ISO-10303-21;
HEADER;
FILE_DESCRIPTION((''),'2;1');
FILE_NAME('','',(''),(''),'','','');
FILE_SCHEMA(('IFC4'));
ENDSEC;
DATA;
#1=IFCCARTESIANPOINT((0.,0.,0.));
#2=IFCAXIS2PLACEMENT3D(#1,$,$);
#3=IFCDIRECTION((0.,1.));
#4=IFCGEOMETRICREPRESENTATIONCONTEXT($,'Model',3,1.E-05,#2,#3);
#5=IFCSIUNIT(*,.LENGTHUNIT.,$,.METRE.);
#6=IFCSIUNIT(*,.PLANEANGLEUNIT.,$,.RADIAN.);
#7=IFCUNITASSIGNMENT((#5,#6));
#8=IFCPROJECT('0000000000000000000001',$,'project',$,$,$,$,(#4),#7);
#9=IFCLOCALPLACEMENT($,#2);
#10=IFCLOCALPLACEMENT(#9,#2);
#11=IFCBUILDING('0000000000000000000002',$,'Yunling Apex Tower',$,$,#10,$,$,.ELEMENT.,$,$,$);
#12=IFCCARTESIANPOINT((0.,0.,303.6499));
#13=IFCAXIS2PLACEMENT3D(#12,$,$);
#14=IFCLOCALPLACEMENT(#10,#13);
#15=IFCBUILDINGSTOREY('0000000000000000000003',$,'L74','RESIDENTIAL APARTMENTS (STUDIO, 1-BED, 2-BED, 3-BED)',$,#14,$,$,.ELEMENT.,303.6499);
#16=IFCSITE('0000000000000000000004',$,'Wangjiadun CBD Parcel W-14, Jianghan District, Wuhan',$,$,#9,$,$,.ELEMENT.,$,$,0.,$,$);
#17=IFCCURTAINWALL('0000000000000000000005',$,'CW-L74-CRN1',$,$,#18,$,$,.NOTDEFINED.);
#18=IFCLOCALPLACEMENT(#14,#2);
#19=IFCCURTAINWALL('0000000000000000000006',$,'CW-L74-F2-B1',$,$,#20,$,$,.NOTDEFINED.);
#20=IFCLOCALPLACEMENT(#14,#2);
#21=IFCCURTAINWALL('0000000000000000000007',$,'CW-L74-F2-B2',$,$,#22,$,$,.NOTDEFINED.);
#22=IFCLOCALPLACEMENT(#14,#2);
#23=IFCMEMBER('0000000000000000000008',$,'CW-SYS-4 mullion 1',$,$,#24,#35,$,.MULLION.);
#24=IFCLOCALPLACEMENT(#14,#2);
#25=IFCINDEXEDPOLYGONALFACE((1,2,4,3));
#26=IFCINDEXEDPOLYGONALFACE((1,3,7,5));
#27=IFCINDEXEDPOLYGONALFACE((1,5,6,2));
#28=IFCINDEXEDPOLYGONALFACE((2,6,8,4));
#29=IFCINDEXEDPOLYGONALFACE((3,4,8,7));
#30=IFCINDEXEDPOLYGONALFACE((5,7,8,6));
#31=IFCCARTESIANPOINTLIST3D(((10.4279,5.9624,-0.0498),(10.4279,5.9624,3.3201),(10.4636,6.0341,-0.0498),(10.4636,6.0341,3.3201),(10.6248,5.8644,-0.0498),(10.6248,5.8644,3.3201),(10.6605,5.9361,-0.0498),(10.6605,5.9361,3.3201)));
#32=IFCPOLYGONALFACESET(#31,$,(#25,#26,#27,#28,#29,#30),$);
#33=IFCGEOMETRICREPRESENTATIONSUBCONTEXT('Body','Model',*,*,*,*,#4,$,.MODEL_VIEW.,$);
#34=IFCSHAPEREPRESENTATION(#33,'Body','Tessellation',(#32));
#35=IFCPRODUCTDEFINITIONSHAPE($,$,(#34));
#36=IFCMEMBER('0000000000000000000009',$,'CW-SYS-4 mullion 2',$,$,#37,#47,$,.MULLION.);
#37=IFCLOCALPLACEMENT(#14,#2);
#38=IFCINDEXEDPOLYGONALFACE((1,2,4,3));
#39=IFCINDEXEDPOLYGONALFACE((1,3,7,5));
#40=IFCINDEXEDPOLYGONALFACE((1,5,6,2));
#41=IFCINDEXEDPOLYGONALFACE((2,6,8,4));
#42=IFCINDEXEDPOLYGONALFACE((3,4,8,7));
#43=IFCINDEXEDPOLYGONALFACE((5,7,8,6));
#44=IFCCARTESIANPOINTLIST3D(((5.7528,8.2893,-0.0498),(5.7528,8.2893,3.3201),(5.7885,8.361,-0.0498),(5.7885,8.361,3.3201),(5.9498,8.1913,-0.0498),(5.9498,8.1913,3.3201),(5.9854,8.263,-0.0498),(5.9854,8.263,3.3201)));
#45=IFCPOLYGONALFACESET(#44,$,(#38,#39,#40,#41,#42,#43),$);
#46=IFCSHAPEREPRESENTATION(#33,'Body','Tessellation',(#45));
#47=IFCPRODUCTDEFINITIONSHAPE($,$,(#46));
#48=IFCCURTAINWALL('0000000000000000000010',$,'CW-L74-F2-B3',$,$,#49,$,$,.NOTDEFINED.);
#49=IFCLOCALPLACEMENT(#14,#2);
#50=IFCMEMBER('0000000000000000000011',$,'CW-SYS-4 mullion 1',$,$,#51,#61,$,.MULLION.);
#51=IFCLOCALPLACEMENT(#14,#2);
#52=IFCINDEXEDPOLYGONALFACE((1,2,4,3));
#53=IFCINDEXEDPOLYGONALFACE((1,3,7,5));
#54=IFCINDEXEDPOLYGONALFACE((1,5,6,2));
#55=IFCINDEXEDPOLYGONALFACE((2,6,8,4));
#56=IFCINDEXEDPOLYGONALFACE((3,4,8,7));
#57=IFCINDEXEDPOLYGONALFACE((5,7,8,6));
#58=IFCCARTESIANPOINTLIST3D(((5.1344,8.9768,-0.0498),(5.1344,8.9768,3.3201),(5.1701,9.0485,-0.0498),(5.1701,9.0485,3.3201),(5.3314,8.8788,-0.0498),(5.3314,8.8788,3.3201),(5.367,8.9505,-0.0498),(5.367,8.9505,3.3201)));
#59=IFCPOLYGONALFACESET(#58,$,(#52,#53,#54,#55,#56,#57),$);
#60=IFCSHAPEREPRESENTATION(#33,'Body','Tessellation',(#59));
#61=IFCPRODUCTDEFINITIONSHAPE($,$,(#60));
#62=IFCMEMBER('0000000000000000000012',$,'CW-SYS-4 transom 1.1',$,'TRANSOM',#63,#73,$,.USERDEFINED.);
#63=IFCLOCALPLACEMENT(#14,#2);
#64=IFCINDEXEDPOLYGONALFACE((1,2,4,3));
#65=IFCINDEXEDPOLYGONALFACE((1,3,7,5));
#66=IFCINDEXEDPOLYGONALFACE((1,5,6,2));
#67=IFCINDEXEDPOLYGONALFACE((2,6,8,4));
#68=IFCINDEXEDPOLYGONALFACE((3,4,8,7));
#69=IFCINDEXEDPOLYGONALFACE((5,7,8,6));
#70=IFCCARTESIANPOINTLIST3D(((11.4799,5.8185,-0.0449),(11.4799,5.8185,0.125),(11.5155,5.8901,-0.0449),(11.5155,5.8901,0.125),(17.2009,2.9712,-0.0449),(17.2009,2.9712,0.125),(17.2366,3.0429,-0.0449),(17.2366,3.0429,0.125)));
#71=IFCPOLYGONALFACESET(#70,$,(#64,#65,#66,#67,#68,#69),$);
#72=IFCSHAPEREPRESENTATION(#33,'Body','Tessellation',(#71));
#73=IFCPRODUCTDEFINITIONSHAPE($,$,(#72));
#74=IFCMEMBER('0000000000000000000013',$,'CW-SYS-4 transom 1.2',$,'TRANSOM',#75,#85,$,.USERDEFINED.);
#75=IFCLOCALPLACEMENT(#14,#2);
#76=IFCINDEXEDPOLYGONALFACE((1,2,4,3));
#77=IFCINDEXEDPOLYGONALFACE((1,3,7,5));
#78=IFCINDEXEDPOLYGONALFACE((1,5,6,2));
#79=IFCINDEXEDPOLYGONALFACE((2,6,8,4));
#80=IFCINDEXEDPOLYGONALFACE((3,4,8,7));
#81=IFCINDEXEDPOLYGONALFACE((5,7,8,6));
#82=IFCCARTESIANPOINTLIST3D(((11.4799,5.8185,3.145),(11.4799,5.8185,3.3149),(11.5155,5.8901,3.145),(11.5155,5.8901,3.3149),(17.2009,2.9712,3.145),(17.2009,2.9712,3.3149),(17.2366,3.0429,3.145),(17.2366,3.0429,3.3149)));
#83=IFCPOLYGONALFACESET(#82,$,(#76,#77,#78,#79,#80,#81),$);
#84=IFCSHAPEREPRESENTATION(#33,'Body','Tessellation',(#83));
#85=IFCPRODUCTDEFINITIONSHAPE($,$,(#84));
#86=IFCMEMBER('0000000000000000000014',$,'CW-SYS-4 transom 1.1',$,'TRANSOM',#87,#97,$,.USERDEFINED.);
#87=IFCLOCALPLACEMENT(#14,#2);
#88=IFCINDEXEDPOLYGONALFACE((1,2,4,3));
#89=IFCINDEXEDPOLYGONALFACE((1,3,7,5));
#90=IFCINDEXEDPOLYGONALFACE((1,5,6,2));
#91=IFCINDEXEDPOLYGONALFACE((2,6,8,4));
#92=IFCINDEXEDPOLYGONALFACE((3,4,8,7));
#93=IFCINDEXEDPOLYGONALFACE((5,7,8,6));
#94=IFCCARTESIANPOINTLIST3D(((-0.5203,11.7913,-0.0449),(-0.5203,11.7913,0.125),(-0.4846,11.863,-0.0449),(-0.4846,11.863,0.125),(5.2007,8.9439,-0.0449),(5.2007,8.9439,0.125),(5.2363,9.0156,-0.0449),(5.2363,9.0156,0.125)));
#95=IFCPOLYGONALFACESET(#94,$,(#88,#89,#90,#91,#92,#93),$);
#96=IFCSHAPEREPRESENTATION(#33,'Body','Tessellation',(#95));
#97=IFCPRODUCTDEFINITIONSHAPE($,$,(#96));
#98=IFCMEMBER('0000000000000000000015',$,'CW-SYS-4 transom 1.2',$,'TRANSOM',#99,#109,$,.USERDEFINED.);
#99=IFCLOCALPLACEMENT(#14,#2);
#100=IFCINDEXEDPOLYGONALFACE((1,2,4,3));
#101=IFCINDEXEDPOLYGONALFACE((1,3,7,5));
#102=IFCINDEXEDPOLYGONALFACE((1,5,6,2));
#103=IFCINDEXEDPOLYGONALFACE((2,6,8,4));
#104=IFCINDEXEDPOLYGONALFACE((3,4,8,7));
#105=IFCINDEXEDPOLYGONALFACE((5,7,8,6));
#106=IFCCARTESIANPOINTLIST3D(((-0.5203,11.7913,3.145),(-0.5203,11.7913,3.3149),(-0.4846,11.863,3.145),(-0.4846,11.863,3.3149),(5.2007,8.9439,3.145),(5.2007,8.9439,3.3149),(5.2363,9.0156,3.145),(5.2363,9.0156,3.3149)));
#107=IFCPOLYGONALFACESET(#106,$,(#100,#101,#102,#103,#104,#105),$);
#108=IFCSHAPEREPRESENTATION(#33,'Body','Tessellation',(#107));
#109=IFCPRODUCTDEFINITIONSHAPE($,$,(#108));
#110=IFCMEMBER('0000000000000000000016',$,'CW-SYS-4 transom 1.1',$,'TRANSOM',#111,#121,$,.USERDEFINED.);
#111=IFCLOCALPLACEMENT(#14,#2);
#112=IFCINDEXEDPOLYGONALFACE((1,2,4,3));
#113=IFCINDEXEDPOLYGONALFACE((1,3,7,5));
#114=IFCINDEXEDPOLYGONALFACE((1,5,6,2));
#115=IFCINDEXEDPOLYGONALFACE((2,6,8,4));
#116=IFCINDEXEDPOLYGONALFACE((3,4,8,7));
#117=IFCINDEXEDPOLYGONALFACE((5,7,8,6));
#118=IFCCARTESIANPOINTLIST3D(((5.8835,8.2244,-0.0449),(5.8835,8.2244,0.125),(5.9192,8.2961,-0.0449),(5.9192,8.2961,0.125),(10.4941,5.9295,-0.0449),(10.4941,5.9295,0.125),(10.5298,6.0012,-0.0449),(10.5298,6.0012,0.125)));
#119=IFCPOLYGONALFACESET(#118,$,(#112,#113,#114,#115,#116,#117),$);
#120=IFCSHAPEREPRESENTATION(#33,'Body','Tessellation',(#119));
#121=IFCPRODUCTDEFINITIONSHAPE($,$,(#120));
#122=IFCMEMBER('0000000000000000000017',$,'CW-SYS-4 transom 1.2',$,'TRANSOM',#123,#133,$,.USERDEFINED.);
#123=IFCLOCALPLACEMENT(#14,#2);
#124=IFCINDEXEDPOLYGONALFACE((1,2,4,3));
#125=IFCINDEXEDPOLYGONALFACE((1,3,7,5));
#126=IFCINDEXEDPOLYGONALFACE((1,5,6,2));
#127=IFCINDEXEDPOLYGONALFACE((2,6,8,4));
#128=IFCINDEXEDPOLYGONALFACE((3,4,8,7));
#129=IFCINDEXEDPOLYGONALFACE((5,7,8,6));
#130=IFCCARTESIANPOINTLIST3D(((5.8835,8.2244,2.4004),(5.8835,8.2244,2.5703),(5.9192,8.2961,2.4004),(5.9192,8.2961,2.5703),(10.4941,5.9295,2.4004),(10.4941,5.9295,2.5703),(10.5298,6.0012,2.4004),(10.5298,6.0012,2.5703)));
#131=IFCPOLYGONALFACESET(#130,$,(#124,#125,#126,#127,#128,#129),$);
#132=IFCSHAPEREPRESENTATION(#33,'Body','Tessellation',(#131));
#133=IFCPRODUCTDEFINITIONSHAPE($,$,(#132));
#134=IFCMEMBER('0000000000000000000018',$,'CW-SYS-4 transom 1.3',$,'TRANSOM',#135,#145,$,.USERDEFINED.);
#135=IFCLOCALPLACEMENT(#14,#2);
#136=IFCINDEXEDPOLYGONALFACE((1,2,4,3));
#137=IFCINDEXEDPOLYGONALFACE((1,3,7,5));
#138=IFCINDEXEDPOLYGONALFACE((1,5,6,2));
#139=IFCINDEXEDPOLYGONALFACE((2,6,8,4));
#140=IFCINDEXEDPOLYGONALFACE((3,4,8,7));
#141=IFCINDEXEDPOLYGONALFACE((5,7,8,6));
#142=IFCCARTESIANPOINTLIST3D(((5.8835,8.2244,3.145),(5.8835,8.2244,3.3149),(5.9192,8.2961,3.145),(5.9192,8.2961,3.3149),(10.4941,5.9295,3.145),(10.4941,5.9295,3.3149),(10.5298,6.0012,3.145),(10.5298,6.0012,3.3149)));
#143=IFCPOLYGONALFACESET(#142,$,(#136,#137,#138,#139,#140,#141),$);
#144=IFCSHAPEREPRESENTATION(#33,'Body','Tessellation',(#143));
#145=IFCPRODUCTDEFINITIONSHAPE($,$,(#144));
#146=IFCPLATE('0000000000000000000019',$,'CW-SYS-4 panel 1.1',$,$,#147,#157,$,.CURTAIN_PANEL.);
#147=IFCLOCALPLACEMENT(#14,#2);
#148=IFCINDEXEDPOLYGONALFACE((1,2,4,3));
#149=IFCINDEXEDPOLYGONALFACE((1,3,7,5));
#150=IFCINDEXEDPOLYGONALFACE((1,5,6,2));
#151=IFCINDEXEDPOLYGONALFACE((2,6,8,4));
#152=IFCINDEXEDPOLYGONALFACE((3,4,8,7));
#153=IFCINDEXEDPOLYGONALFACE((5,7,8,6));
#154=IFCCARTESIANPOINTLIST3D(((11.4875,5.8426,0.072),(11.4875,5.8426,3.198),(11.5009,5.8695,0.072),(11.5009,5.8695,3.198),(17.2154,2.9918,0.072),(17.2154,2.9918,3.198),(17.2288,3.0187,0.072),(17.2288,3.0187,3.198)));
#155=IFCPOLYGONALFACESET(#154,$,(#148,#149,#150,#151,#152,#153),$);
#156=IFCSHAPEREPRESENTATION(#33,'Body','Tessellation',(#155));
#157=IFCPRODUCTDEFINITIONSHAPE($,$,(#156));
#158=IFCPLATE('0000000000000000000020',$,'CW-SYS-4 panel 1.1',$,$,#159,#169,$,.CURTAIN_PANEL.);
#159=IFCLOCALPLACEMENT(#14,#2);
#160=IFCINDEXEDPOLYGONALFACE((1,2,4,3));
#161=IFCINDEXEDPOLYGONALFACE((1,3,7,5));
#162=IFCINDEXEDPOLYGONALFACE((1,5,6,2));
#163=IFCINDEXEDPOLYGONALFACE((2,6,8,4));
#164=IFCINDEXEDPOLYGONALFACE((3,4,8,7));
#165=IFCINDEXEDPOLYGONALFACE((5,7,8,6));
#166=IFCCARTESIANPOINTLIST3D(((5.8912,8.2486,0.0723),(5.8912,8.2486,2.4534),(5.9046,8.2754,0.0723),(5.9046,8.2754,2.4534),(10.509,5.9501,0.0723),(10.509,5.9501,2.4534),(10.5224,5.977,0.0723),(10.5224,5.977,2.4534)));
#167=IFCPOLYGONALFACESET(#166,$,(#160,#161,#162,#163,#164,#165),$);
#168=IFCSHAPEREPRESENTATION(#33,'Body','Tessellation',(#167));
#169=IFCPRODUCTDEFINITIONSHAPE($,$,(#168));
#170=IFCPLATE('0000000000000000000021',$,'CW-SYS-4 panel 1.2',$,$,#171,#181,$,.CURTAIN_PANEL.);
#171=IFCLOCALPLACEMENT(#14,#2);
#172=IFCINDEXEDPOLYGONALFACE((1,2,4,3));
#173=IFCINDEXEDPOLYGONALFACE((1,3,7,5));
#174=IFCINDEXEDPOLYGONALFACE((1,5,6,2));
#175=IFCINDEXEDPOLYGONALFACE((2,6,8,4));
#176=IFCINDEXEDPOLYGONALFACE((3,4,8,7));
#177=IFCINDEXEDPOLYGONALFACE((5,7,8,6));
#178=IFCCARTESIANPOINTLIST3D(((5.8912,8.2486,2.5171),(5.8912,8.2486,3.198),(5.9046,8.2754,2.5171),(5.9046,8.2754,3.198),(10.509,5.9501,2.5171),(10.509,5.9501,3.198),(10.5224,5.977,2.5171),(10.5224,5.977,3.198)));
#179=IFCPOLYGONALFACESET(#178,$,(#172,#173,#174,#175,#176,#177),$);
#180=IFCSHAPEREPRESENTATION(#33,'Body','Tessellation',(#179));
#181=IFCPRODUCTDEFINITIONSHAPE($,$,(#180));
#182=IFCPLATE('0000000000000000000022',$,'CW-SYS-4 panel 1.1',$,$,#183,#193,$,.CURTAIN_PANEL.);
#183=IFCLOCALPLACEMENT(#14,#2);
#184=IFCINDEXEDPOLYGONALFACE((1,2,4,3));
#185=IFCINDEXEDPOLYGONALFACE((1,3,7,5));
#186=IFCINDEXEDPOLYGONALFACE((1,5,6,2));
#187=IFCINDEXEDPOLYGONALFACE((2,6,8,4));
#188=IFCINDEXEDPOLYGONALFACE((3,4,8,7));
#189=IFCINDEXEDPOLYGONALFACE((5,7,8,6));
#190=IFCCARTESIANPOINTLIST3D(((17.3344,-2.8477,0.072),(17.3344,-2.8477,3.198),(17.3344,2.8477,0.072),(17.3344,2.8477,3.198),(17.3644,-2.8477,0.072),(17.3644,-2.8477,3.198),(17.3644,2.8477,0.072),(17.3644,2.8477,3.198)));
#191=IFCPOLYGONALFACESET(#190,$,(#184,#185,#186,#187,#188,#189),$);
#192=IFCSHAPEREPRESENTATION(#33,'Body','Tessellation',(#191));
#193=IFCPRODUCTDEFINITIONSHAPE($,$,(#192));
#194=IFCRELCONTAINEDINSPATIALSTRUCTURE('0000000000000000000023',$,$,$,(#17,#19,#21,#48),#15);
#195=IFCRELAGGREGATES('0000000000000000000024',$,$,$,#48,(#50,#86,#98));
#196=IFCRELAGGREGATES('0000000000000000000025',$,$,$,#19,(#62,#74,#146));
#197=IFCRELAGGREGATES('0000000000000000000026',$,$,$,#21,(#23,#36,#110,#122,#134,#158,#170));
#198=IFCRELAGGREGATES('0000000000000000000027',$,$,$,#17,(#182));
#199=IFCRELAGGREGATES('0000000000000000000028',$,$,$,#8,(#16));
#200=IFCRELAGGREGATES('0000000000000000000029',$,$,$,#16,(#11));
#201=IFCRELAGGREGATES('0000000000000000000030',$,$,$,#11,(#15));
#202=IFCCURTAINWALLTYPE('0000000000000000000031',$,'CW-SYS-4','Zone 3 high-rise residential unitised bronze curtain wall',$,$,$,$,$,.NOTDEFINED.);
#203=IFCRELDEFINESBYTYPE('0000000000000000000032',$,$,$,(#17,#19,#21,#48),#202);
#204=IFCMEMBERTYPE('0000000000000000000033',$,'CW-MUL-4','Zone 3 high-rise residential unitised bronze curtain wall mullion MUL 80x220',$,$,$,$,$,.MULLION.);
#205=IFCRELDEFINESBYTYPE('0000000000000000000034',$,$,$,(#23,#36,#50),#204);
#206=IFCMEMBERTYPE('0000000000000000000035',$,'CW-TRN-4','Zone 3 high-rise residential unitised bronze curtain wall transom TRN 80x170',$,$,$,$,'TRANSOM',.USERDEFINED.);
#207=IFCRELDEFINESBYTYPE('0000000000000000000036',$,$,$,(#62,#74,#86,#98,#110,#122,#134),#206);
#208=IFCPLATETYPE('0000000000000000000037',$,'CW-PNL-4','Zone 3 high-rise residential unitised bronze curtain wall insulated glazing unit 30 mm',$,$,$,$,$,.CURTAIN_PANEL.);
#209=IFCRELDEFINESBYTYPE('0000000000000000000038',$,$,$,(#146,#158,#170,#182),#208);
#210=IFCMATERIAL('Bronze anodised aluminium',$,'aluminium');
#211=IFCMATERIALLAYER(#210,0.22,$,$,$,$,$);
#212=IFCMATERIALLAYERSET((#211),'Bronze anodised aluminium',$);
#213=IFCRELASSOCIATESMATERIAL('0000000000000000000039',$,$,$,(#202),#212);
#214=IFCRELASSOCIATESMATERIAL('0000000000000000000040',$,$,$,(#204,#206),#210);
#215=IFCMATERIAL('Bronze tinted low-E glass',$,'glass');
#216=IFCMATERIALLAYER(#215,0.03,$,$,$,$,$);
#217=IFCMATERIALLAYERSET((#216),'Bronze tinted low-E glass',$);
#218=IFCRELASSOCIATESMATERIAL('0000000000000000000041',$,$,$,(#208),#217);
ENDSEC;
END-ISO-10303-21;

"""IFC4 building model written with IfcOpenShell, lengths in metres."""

from ifc_helpers import new_model, si_unit, direction, frame, origin, origin_2d, place, context, subcontext, project, spatial, rectangle, extrude, source, transform, mapped, material, layer, layer_set, material_profile, profile_set, type_object, element, aggregate, save


model = new_model("IFC4")

# Units and contexts
model_context = context("Model", 3, precision=1e-05, world=origin(), true_north=direction((0.0, 1.0)))
body_context = subcontext(model_context, "Body", "Model", "MODEL_VIEW")
ifc_project = project(units=[si_unit("LENGTHUNIT", "METRE"), si_unit("PLANEANGLEUNIT", "RADIAN")], contexts=[model_context])

# Site, building, storey
site_placement = place(None, origin())
site = spatial("IfcSite", under=ifc_project, at=site_placement, Name="Wangjiadun CBD Parcel W-14, Jianghan District, Wuhan", CompositionType="ELEMENT", RefElevation=0.0)
building_placement = place(site_placement, origin())
building = spatial("IfcBuilding", under=site, at=building_placement, Name="Yunling Apex Tower", CompositionType="ELEMENT")
storey_placement = place(building_placement, frame((0.0, 0.0, 303.6499)))
storey = spatial("IfcBuildingStorey", under=building, at=storey_placement, Name="L74", Description="RESIDENTIAL APARTMENTS (STUDIO, 1-BED, 2-BED, 3-BED)", CompositionType="ELEMENT", Elevation=303.6499)

# Curtain wall
ifc_material_1 = material(Name="Bronze anodised aluminium", Category="aluminium")
ifc_layer_1 = layer(ifc_material_1, 0.22)
ifc_layer_set_1 = layer_set([ifc_layer_1], Name="Bronze anodised aluminium")
curtain_wall_type = type_object("IfcCurtainWallType", Name="CW-SYS-4", Description="Zone 3 high-rise residential unitised bronze curtain wall", PredefinedType="NOTDEFINED", material=ifc_layer_set_1)
curtain_wall_1_placement = place(storey_placement, origin())
curtain_wall_1 = element("IfcCurtainWall", 1, at=curtain_wall_1_placement, inside=storey, type_object=curtain_wall_type, Name="CW-L74-CRN1", PredefinedType="NOTDEFINED")
ifc_material_profile_1 = material_profile(ifc_material_1, rectangle(XDim=0.0801, YDim=0.22, at=origin_2d()))
ifc_profile_set_1 = profile_set([ifc_material_profile_1], Name="Bronze anodised aluminium")
member_type_1 = type_object("IfcMemberType", Name="CW-MUL-4", Description="Zone 3 high-rise residential unitised bronze curtain wall mullion MUL 80x220", PredefinedType="MULLION", material=ifc_profile_set_1)
shared_shape_1 = source(origin(), body_context, "Body", "SweptSolid", [
    extrude(rectangle(XDim=0.0801, YDim=0.22, at=origin_2d()), origin(), (0.0, 0.0, 1.0), 3.3699),
])

# Curtain walls, members
curtain_wall_2_placement = place(storey_placement, origin())
curtain_wall_2 = element("IfcCurtainWall", 2, at=curtain_wall_2_placement, inside=storey, type_object=curtain_wall_type, Name="CW-L74-F2-B1", PredefinedType="NOTDEFINED")
curtain_wall_3_placement = place(storey_placement, origin())
curtain_wall_3 = element("IfcCurtainWall", 3, at=curtain_wall_3_placement, inside=storey, type_object=curtain_wall_type, Name="CW-L74-F2-B2", PredefinedType="NOTDEFINED")
member_1_placement = place(storey_placement, frame((10.5442, 5.9492, -0.0498), z_axis=(0.0, 0.0, 1.0), x_axis=(-0.445583, -0.89524, 0.0)))
member_1 = element("IfcMember", 4, at=member_1_placement, type_object=member_type_1, Name="CW-SYS-4 mullion 1", PredefinedType="MULLION", context=body_context, shape_type="MappedRepresentation", body=[
    mapped(shared_shape_1, transform((0.0, 0.0, 0.0), scale=1.0)),
])
member_2_placement = place(storey_placement, frame((5.8691, 8.2761, -0.0498), z_axis=(0.0, 0.0, 1.0), x_axis=(-0.445583, -0.89524, 0.0)))
member_2 = element("IfcMember", 5, at=member_2_placement, type_object=member_type_1, Name="CW-SYS-4 mullion 2", PredefinedType="MULLION", context=body_context, shape_type="MappedRepresentation", body=[
    mapped(shared_shape_1, transform((0.0, 0.0, 0.0), scale=1.0)),
])

# Curtain wall, member
curtain_wall_4_placement = place(storey_placement, origin())
curtain_wall_4 = element("IfcCurtainWall", 6, at=curtain_wall_4_placement, inside=storey, type_object=curtain_wall_type, Name="CW-L74-F2-B3", PredefinedType="NOTDEFINED")
member_3_placement = place(storey_placement, frame((5.2507, 8.9636, -0.0498), z_axis=(0.0, 0.0, 1.0), x_axis=(-0.445562, -0.895251, 0.0)))
member_3 = element("IfcMember", 7, at=member_3_placement, type_object=member_type_1, Name="CW-SYS-4 mullion 1", PredefinedType="MULLION", context=body_context, shape_type="MappedRepresentation", body=[
    mapped(shared_shape_1, transform((0.0, 0.0, 0.0), scale=1.0)),
])

# Members
ifc_material_profile_2 = material_profile(ifc_material_1, rectangle(XDim=0.0801, YDim=0.1699, at=origin_2d()))
ifc_profile_set_2 = profile_set([ifc_material_profile_2], Name="Bronze anodised aluminium")
member_type_2 = type_object("IfcMemberType", Name="CW-TRN-4", Description="Zone 3 high-rise residential unitised bronze curtain wall transom TRN 80x170", ElementType="TRANSOM", PredefinedType="USERDEFINED", material=ifc_profile_set_2)
shared_shape_2 = source(origin(), body_context, "Body", "SweptSolid", [
    extrude(rectangle(XDim=0.0801, YDim=0.1699, at=origin_2d()), origin(), (0.0, 0.0, 1.0), 6.3904),
])
member_4_placement = place(storey_placement, frame((17.2188, 3.0071, 0.04), z_axis=(-0.895259, 0.445547, 0.0), x_axis=(-0.445547, -0.895259, 0.0)))
member_4 = element("IfcMember", 8, at=member_4_placement, type_object=member_type_2, Name="CW-SYS-4 transom 1.1", ObjectType="TRANSOM", PredefinedType="USERDEFINED", context=body_context, shape_type="MappedRepresentation", body=[
    mapped(shared_shape_2, transform((0.0, 0.0, 0.0), scale=1.0)),
])
member_5_placement = place(storey_placement, frame((17.2188, 3.0071, 3.23), z_axis=(-0.895259, 0.445547, 0.0), x_axis=(-0.445547, -0.895259, 0.0)))
member_5 = element("IfcMember", 9, at=member_5_placement, type_object=member_type_2, Name="CW-SYS-4 transom 1.2", ObjectType="TRANSOM", PredefinedType="USERDEFINED", context=body_context, shape_type="MappedRepresentation", body=[
    mapped(shared_shape_2, transform((0.0, 0.0, 0.0), scale=1.0)),
])
member_6_placement = place(storey_placement, frame((5.2185, 8.9797, 0.04), z_axis=(-0.895243, 0.445578, 0.0), x_axis=(-0.445578, -0.895243, 0.0)))
member_6 = element("IfcMember", 10, at=member_6_placement, type_object=member_type_2, Name="CW-SYS-4 transom 1.1", ObjectType="TRANSOM", PredefinedType="USERDEFINED", context=body_context, shape_type="MappedRepresentation", body=[
    mapped(shared_shape_2, transform((0.0, 0.0, 0.0), scale=1.0)),
])
member_7_placement = place(storey_placement, frame((5.2185, 8.9797, 3.23), z_axis=(-0.895243, 0.445578, 0.0), x_axis=(-0.445578, -0.895243, 0.0)))
member_7 = element("IfcMember", 11, at=member_7_placement, type_object=member_type_2, Name="CW-SYS-4 transom 1.2", ObjectType="TRANSOM", PredefinedType="USERDEFINED", context=body_context, shape_type="MappedRepresentation", body=[
    mapped(shared_shape_2, transform((0.0, 0.0, 0.0), scale=1.0)),
])
aggregate(curtain_wall_4, [member_3, member_6, member_7])
shared_shape_3 = source(origin(), body_context, "Body", "SweptSolid", [
    extrude(rectangle(XDim=0.0801, YDim=0.1699, at=origin_2d()), origin(), (0.0, 0.0, 1.0), 5.1501),
])
member_8_placement = place(storey_placement, frame((10.512, 5.9653, 0.04), z_axis=(-0.895232, 0.445601, 0.0), x_axis=(-0.445601, -0.895232, 0.0)))
member_8 = element("IfcMember", 12, at=member_8_placement, type_object=member_type_2, Name="CW-SYS-4 transom 1.1", ObjectType="TRANSOM", PredefinedType="USERDEFINED", context=body_context, shape_type="MappedRepresentation", body=[
    mapped(shared_shape_3, transform((0.0, 0.0, 0.0), scale=1.0)),
])
member_9_placement = place(storey_placement, frame((10.512, 5.9653, 2.4854), z_axis=(-0.895232, 0.445601, 0.0), x_axis=(-0.445601, -0.895232, 0.0)))
member_9 = element("IfcMember", 13, at=member_9_placement, type_object=member_type_2, Name="CW-SYS-4 transom 1.2", ObjectType="TRANSOM", PredefinedType="USERDEFINED", context=body_context, shape_type="MappedRepresentation", body=[
    mapped(shared_shape_3, transform((0.0, 0.0, 0.0), scale=1.0)),
])
member_10_placement = place(storey_placement, frame((10.512, 5.9653, 3.23), z_axis=(-0.895232, 0.445601, 0.0), x_axis=(-0.445601, -0.895232, 0.0)))
member_10 = element("IfcMember", 14, at=member_10_placement, type_object=member_type_2, Name="CW-SYS-4 transom 1.3", ObjectType="TRANSOM", PredefinedType="USERDEFINED", context=body_context, shape_type="MappedRepresentation", body=[
    mapped(shared_shape_3, transform((0.0, 0.0, 0.0), scale=1.0)),
])

# Plates
ifc_material_2 = material(Name="Bronze tinted low-E glass", Category="glass")
ifc_layer_2 = layer(ifc_material_2, 0.03)
ifc_layer_set_2 = layer_set([ifc_layer_2], Name="Bronze tinted low-E glass")
plate_type = type_object("IfcPlateType", Name="CW-PNL-4", Description="Zone 3 high-rise residential unitised bronze curtain wall insulated glazing unit 30 mm", PredefinedType="CURTAIN_PANEL", material=ifc_layer_set_2)
shared_shape_4 = source(origin(), body_context, "Body", "SweptSolid", [
    extrude(rectangle(XDim=6.3982, YDim=0.03, at=origin_2d()), origin(), (0.0, 0.0, 1.0), 3.126),
])
plate_1_placement = place(storey_placement, frame((14.3582, 4.4307, 0.072), z_axis=(0.0, 0.0, 1.0), x_axis=(-0.895248, 0.445568, 0.0)))
plate_1 = element("IfcPlate", 15, at=plate_1_placement, type_object=plate_type, Name="CW-SYS-4 panel 1.1", PredefinedType="CURTAIN_PANEL", context=body_context, shape_type="MappedRepresentation", body=[
    mapped(shared_shape_4, transform((0.0, 0.0, 0.0), scale=1.0)),
])
aggregate(curtain_wall_2, [member_4, member_5, plate_1])
shared_shape_5 = source(origin(), body_context, "Body", "SweptSolid", [
    extrude(rectangle(XDim=5.1582, YDim=0.03, at=origin_2d()), origin(), (0.0, 0.0, 1.0), 2.3811),
])
plate_2_placement = place(storey_placement, frame((8.2068, 7.1128, 0.0723), z_axis=(0.0, 0.0, 1.0), x_axis=(-0.89524, 0.445583, 0.0)))
plate_2 = element("IfcPlate", 16, at=plate_2_placement, type_object=plate_type, Name="CW-SYS-4 panel 1.1", PredefinedType="CURTAIN_PANEL", context=body_context, shape_type="MappedRepresentation", body=[
    mapped(shared_shape_5, transform((0.0, 0.0, 0.0), scale=1.0)),
])
shared_shape_6 = source(origin(), body_context, "Body", "SweptSolid", [
    extrude(rectangle(XDim=5.1582, YDim=0.03, at=origin_2d()), origin(), (0.0, 0.0, 1.0), 0.6809),
])
plate_3_placement = place(storey_placement, frame((8.2068, 7.1128, 2.5171), z_axis=(0.0, 0.0, 1.0), x_axis=(-0.89524, 0.445583, 0.0)))
plate_3 = element("IfcPlate", 17, at=plate_3_placement, type_object=plate_type, Name="CW-SYS-4 panel 1.2", PredefinedType="CURTAIN_PANEL", context=body_context, shape_type="MappedRepresentation", body=[
    mapped(shared_shape_6, transform((0.0, 0.0, 0.0), scale=1.0)),
])
aggregate(curtain_wall_3, [member_1, member_2, member_8, member_9, member_10, plate_2, plate_3])
shared_shape_7 = source(origin(), body_context, "Body", "SweptSolid", [
    extrude(rectangle(XDim=5.6953, YDim=0.03, at=origin_2d()), origin(), (0.0, 0.0, 1.0), 3.126),
])
plate_4_placement = place(storey_placement, frame((17.3494, 0.0, 0.072), z_axis=(0.0, 0.0, 1.0), x_axis=(0.0, 1.0, 0.0)))
plate_4 = element("IfcPlate", 18, at=plate_4_placement, type_object=plate_type, Name="CW-SYS-4 panel 1.1", PredefinedType="CURTAIN_PANEL", context=body_context, shape_type="MappedRepresentation", body=[
    mapped(shared_shape_7, transform((0.0, 0.0, 0.0), scale=1.0)),
])
aggregate(curtain_wall_1, [plate_4])

save(model, "model.ifc")
